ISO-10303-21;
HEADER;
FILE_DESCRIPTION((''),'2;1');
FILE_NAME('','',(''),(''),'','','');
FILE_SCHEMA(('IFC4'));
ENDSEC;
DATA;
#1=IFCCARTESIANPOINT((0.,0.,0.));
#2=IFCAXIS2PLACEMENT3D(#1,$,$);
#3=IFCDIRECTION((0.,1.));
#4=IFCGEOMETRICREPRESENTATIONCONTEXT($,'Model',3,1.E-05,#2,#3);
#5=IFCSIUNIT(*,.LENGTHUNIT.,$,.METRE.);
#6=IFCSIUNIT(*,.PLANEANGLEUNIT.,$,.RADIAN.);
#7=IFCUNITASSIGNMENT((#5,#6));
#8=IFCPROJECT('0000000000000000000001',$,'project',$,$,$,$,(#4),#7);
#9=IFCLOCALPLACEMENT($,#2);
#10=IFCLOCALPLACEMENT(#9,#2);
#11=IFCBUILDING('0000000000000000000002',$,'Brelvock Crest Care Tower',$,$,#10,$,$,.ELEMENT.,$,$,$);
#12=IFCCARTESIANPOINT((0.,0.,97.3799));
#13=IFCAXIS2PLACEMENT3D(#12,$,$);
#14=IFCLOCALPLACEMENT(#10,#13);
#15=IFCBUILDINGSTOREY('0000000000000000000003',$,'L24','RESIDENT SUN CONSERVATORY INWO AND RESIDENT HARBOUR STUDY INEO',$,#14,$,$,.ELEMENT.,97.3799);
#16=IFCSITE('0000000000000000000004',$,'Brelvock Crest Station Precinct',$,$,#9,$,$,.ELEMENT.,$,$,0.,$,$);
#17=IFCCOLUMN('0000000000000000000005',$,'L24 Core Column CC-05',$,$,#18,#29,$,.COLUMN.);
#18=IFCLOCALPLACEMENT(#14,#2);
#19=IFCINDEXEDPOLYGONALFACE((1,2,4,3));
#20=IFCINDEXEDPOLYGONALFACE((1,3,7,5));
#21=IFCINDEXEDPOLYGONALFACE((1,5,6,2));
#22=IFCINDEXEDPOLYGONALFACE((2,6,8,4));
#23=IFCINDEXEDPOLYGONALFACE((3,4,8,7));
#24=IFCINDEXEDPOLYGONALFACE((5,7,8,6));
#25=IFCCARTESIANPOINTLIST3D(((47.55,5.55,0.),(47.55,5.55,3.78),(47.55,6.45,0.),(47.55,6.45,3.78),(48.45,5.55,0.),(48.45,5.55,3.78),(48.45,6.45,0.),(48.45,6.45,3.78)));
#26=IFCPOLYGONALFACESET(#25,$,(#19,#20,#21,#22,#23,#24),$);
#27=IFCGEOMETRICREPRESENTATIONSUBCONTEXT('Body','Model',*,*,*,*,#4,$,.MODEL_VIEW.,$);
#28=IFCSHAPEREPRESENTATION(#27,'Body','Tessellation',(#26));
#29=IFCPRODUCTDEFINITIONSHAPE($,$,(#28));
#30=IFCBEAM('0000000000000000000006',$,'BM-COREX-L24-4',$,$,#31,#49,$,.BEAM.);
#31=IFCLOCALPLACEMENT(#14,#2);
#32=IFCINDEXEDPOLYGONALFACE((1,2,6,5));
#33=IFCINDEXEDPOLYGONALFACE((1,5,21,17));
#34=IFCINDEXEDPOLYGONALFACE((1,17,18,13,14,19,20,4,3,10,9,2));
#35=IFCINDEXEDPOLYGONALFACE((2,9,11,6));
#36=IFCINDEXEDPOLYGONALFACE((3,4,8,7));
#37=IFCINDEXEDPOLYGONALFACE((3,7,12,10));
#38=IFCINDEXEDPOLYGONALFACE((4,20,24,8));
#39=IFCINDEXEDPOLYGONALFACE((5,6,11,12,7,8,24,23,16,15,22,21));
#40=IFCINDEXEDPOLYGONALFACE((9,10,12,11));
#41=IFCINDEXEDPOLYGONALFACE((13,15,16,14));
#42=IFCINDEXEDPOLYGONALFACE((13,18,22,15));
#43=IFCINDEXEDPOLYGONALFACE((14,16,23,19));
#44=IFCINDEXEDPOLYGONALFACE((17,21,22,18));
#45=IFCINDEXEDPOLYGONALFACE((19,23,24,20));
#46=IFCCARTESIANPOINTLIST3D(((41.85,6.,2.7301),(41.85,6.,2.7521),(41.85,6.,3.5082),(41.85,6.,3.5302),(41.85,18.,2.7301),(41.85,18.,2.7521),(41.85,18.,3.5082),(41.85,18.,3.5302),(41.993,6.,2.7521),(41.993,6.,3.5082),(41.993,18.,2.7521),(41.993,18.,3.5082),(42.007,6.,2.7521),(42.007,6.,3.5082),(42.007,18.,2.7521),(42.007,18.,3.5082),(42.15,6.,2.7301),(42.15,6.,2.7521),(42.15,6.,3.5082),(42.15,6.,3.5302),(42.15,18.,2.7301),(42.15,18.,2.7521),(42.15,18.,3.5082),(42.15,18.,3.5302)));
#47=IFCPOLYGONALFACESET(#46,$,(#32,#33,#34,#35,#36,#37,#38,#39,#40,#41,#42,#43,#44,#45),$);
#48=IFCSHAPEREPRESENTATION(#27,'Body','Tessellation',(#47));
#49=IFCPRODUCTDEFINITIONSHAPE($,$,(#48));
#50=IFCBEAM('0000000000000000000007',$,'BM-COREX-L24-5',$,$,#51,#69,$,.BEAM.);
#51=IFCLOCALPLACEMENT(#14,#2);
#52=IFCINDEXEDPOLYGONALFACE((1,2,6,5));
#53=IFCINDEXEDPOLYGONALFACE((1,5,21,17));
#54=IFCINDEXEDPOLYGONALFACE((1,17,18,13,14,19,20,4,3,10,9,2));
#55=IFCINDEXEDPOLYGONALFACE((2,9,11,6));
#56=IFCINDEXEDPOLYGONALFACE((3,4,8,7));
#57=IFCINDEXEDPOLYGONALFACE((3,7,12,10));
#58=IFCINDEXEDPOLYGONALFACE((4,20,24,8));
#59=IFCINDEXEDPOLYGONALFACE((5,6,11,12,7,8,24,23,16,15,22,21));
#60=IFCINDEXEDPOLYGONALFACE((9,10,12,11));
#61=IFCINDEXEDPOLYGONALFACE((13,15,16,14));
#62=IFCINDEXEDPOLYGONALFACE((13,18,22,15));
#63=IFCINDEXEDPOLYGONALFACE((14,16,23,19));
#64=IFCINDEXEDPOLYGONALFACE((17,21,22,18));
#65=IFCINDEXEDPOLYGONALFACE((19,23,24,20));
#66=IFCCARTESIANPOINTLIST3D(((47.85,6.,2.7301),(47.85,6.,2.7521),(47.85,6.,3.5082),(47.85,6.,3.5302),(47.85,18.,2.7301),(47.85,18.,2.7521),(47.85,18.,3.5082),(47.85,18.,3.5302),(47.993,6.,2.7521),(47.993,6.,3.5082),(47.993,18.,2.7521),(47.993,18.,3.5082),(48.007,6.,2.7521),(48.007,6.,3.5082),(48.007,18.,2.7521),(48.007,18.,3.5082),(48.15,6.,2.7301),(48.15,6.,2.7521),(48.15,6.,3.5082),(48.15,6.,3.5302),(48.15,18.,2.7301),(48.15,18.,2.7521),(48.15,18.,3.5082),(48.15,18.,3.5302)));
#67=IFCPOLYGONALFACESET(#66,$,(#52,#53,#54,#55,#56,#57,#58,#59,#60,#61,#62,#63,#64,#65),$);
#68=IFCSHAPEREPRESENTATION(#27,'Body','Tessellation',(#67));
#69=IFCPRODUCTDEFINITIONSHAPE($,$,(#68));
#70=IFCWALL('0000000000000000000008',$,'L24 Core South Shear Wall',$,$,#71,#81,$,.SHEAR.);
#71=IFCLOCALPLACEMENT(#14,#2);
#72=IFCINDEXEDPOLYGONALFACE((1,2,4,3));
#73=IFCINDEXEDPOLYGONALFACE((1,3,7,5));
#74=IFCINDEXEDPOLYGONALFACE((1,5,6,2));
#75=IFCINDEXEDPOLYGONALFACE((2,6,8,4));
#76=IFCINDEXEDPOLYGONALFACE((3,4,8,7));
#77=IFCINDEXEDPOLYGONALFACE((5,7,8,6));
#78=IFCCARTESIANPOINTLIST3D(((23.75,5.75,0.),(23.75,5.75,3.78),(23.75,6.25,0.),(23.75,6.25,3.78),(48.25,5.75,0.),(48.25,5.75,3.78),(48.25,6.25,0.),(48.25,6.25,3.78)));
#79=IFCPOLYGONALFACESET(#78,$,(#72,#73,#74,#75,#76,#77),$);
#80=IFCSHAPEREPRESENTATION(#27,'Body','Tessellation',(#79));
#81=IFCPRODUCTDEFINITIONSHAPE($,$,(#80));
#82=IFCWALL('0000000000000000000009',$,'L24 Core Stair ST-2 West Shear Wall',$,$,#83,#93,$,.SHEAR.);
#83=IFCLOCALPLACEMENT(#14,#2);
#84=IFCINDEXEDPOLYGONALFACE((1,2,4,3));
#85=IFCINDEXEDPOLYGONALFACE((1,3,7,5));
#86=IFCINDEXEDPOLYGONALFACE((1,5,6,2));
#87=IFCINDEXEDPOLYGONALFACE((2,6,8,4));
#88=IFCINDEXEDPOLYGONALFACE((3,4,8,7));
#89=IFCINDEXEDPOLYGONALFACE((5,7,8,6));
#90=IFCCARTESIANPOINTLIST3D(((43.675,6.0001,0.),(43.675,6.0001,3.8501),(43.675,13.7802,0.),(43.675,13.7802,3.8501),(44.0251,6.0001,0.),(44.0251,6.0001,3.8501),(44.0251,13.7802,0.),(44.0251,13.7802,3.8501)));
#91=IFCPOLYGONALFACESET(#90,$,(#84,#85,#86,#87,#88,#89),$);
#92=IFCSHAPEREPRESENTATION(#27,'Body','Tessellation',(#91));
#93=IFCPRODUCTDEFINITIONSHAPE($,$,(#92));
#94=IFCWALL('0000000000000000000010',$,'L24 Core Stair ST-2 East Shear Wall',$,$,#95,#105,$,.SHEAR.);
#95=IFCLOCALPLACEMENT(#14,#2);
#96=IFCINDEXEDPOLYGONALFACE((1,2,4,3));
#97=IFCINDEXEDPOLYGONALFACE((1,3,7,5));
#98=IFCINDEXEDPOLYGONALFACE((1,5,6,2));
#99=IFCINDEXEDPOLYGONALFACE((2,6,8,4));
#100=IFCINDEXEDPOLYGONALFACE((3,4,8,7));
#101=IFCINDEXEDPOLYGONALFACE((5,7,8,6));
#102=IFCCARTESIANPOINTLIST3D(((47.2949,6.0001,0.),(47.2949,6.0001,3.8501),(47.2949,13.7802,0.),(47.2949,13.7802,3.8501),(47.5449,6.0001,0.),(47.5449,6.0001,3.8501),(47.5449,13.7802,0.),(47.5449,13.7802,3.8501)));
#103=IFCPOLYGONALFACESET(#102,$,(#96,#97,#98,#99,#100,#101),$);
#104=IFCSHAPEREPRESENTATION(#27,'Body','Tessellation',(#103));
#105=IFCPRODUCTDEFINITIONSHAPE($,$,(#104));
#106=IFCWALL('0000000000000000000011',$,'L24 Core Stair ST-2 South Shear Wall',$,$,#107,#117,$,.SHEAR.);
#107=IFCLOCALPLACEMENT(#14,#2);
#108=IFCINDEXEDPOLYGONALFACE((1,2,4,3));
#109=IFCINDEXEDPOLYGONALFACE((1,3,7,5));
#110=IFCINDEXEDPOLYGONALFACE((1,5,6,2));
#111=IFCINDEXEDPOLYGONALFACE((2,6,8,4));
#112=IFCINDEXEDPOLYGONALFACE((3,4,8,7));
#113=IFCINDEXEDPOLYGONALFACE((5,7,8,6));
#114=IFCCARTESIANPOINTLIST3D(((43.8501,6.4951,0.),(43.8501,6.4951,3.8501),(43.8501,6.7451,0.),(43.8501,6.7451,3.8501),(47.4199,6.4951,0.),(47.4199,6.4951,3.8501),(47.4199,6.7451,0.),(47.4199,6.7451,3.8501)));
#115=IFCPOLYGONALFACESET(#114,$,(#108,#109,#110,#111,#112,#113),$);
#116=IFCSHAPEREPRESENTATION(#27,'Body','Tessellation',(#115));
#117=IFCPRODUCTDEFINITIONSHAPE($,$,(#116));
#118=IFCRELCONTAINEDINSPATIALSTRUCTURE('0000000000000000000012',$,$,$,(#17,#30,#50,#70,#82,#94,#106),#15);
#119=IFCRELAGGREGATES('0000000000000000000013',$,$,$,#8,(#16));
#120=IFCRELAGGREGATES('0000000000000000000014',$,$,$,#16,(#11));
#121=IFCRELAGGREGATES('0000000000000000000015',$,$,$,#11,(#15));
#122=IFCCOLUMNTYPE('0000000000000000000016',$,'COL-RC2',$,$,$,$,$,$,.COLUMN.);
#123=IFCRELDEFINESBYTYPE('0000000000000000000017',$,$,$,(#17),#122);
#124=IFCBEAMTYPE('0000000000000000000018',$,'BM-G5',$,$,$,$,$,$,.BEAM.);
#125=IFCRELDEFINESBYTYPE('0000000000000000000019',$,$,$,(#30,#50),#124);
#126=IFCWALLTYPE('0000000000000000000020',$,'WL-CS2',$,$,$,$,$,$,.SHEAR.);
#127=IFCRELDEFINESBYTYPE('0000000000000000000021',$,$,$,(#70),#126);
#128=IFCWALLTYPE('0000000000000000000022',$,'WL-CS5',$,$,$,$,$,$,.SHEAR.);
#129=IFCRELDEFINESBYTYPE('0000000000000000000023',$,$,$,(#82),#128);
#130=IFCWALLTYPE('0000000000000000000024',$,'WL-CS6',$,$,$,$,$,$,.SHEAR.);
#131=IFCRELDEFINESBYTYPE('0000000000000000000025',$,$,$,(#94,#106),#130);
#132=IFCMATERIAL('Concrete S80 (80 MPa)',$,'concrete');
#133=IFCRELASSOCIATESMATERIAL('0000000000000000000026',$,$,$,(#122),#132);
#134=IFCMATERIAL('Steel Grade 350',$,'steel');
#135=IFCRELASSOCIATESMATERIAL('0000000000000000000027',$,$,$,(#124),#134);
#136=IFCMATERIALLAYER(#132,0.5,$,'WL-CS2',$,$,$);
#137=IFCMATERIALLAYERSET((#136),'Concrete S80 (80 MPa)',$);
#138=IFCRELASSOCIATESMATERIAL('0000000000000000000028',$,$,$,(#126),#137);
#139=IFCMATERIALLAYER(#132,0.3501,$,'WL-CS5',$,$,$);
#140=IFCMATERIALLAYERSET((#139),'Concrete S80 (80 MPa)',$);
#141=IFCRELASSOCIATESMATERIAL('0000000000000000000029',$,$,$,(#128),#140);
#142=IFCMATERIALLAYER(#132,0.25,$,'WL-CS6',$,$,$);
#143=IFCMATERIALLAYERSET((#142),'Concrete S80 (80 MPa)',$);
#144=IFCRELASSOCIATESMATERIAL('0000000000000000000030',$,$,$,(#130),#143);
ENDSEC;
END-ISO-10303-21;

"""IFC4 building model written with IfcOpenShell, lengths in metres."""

from ifc_helpers import new_model, si_unit, direction, frame, frame_2d, origin, origin_2d, place, context, subcontext, project, spatial, rectangle, i_section, extrude, source, transform, mapped, material, layer, layer_set, material_profile, profile_set, type_object, element, save


model = new_model("IFC4")

# Units and contexts
model_context = context("Model", 3, precision=1e-05, world=origin(), true_north=direction((0.0, 1.0)))
body_context = subcontext(model_context, "Body", "Model", "MODEL_VIEW")
ifc_project = project(units=[si_unit("LENGTHUNIT", "METRE"), si_unit("PLANEANGLEUNIT", "RADIAN")], contexts=[model_context])

# Site, building, storey
site_placement = place(None, origin())
site = spatial("IfcSite", under=ifc_project, at=site_placement, Name="Brelvock Crest Station Precinct", CompositionType="ELEMENT", RefElevation=0.0)
building_placement = place(site_placement, origin())
building = spatial("IfcBuilding", under=site, at=building_placement, Name="Brelvock Crest Care Tower", CompositionType="ELEMENT")
storey_placement = place(building_placement, frame((0.0, 0.0, 97.3799)))
storey = spatial("IfcBuildingStorey", under=building, at=storey_placement, Name="L24", Description="RESIDENT SUN CONSERVATORY INWO AND RESIDENT HARBOUR STUDY INEO", CompositionType="ELEMENT", Elevation=97.3799)

# Column
ifc_material_1 = material(Name="Concrete S80 (80 MPa)", Category="concrete")
ifc_material_profile_1 = material_profile(ifc_material_1, rectangle(XDim=0.8999, YDim=0.8999, at=origin_2d()), Name="RC900x900")
ifc_profile_set_1 = profile_set([ifc_material_profile_1], Name="Concrete S80 (80 MPa)")
column_type = type_object("IfcColumnType", Name="COL-RC2", PredefinedType="COLUMN", material=ifc_profile_set_1)
shared_shape_1 = source(origin(), body_context, "Body", "SweptSolid", [
    extrude(rectangle(XDim=0.8999, YDim=0.8999, at=origin_2d()), origin(), (0.0, 0.0, 1.0), 3.78),
])
column_placement = place(storey_placement, frame((48.0, 6.0, 0.0), z_axis=(0.0, 0.0, 1.0), x_axis=(1.0, 0.0, 0.0)))
element("IfcColumn", 1, at=column_placement, inside=storey, type_object=column_type, Name="L24 Core Column CC-05", PredefinedType="COLUMN", context=body_context, shape_type="MappedRepresentation", body=[
    mapped(shared_shape_1, transform((0.0, 0.0, 0.0), x_axis=(1.0, 0.0, 0.0), y_axis=(0.0, 1.0, 0.0), z_axis=(0.0, 0.0, 1.0), scale=1.0)),
])

# Beams
ifc_material_2 = material(Name="Steel Grade 350", Category="steel")
ifc_material_profile_2 = material_profile(ifc_material_2, i_section(OverallWidth=0.3, OverallDepth=0.8, WebThickness=0.0139, FlangeThickness=0.022, at=origin_2d()), Name="800WB192")
ifc_profile_set_2 = profile_set([ifc_material_profile_2], Name="Steel Grade 350")
beam_type = type_object("IfcBeamType", Name="BM-G5", PredefinedType="BEAM", material=ifc_profile_set_2)
shared_shape_2 = source(origin(), body_context, "Body", "SweptSolid", [
    extrude(i_section(OverallWidth=0.3, OverallDepth=0.8, WebThickness=0.0139, FlangeThickness=0.022, at=origin_2d()), origin(), (0.0, 0.0, 1.0), 12.0),
])
for number, where, z_axis, x_axis, name in (
    (2, (42.0, 6.0, 3.1301), (0.0, 1.0, 0.0), (-1.0, 0.0, 0.0), "BM-COREX-L24-4"),
    (3, (48.0, 6.0, 3.1301), (0.0, 1.0, 0.0), (-1.0, 0.0, 0.0), "BM-COREX-L24-5"),
):
    element("IfcBeam", number, at=place(storey_placement, frame(where, z_axis=z_axis, x_axis=x_axis)), inside=storey, type_object=beam_type, Name=name, PredefinedType="BEAM", context=body_context, shape_type="MappedRepresentation", body=[
        mapped(shared_shape_2, transform((0.0, 0.0, 0.0), x_axis=(1.0, 0.0, 0.0), y_axis=(0.0, 1.0, 0.0), z_axis=(0.0, 0.0, 1.0), scale=1.0)),
    ])

# Walls
ifc_layer_1 = layer(ifc_material_1, 0.5, Name="WL-CS2")
ifc_layer_set_1 = layer_set([ifc_layer_1], Name="Concrete S80 (80 MPa)")
wall_type_1 = type_object("IfcWallType", Name="WL-CS2", PredefinedType="SHEAR", material=ifc_layer_set_1)
wall_1_placement = place(storey_placement, frame((48.25, 6.0, 0.0), z_axis=(0.0, 0.0, 1.0), x_axis=(-1.0, 0.0, 0.0)))
element("IfcWall", 4, at=wall_1_placement, inside=storey, type_object=wall_type_1, Name="L24 Core South Shear Wall", PredefinedType="SHEAR", context=body_context, shape_type="SweptSolid", body=[
    extrude(rectangle(XDim=24.5, YDim=0.5, at=frame_2d((12.25, 0.0))), origin(), (0.0, 0.0, 1.0), 3.78),
])
ifc_layer_2 = layer(ifc_material_1, 0.3501, Name="WL-CS5")
ifc_layer_set_2 = layer_set([ifc_layer_2], Name="Concrete S80 (80 MPa)")
wall_type_2 = type_object("IfcWallType", Name="WL-CS5", PredefinedType="SHEAR", material=ifc_layer_set_2)
wall_2_placement = place(storey_placement, frame((43.8501, 6.0, 0.0), z_axis=(0.0, 0.0, 1.0), x_axis=(0.0, 1.0, 0.0)))
element("IfcWall", 5, at=wall_2_placement, inside=storey, type_object=wall_type_2, Name="L24 Core Stair ST-2 West Shear Wall", PredefinedType="SHEAR", context=body_context, shape_type="SweptSolid", body=[
    extrude(rectangle(XDim=7.78, YDim=0.3501, at=frame_2d((3.8901, 0.0))), origin(), (0.0, 0.0, 1.0), 3.8501),
])
ifc_layer_3 = layer(ifc_material_1, 0.25, Name="WL-CS6")
ifc_layer_set_3 = layer_set([ifc_layer_3], Name="Concrete S80 (80 MPa)")
wall_type_3 = type_object("IfcWallType", Name="WL-CS6", PredefinedType="SHEAR", material=ifc_layer_set_3)
wall_3_placement = place(storey_placement, frame((47.4199, 6.0, 0.0), z_axis=(0.0, 0.0, 1.0), x_axis=(0.0, 1.0, 0.0)))
element("IfcWall", 6, at=wall_3_placement, inside=storey, type_object=wall_type_3, Name="L24 Core Stair ST-2 East Shear Wall", PredefinedType="SHEAR", context=body_context, shape_type="SweptSolid", body=[
    extrude(rectangle(XDim=7.78, YDim=0.25, at=frame_2d((3.8901, 0.0))), origin(), (0.0, 0.0, 1.0), 3.8501),
])
wall_4_placement = place(storey_placement, frame((43.8501, 6.6201, 0.0), z_axis=(0.0, 0.0, 1.0), x_axis=(1.0, 0.0, 0.0)))
element("IfcWall", 7, at=wall_4_placement, inside=storey, type_object=wall_type_3, Name="L24 Core Stair ST-2 South Shear Wall", PredefinedType="SHEAR", context=body_context, shape_type="SweptSolid", body=[
    extrude(rectangle(XDim=3.5698, YDim=0.25, at=frame_2d((1.7849, 0.0))), origin(), (0.0, 0.0, 1.0), 3.8501),
])

save(model, "model.ifc")
